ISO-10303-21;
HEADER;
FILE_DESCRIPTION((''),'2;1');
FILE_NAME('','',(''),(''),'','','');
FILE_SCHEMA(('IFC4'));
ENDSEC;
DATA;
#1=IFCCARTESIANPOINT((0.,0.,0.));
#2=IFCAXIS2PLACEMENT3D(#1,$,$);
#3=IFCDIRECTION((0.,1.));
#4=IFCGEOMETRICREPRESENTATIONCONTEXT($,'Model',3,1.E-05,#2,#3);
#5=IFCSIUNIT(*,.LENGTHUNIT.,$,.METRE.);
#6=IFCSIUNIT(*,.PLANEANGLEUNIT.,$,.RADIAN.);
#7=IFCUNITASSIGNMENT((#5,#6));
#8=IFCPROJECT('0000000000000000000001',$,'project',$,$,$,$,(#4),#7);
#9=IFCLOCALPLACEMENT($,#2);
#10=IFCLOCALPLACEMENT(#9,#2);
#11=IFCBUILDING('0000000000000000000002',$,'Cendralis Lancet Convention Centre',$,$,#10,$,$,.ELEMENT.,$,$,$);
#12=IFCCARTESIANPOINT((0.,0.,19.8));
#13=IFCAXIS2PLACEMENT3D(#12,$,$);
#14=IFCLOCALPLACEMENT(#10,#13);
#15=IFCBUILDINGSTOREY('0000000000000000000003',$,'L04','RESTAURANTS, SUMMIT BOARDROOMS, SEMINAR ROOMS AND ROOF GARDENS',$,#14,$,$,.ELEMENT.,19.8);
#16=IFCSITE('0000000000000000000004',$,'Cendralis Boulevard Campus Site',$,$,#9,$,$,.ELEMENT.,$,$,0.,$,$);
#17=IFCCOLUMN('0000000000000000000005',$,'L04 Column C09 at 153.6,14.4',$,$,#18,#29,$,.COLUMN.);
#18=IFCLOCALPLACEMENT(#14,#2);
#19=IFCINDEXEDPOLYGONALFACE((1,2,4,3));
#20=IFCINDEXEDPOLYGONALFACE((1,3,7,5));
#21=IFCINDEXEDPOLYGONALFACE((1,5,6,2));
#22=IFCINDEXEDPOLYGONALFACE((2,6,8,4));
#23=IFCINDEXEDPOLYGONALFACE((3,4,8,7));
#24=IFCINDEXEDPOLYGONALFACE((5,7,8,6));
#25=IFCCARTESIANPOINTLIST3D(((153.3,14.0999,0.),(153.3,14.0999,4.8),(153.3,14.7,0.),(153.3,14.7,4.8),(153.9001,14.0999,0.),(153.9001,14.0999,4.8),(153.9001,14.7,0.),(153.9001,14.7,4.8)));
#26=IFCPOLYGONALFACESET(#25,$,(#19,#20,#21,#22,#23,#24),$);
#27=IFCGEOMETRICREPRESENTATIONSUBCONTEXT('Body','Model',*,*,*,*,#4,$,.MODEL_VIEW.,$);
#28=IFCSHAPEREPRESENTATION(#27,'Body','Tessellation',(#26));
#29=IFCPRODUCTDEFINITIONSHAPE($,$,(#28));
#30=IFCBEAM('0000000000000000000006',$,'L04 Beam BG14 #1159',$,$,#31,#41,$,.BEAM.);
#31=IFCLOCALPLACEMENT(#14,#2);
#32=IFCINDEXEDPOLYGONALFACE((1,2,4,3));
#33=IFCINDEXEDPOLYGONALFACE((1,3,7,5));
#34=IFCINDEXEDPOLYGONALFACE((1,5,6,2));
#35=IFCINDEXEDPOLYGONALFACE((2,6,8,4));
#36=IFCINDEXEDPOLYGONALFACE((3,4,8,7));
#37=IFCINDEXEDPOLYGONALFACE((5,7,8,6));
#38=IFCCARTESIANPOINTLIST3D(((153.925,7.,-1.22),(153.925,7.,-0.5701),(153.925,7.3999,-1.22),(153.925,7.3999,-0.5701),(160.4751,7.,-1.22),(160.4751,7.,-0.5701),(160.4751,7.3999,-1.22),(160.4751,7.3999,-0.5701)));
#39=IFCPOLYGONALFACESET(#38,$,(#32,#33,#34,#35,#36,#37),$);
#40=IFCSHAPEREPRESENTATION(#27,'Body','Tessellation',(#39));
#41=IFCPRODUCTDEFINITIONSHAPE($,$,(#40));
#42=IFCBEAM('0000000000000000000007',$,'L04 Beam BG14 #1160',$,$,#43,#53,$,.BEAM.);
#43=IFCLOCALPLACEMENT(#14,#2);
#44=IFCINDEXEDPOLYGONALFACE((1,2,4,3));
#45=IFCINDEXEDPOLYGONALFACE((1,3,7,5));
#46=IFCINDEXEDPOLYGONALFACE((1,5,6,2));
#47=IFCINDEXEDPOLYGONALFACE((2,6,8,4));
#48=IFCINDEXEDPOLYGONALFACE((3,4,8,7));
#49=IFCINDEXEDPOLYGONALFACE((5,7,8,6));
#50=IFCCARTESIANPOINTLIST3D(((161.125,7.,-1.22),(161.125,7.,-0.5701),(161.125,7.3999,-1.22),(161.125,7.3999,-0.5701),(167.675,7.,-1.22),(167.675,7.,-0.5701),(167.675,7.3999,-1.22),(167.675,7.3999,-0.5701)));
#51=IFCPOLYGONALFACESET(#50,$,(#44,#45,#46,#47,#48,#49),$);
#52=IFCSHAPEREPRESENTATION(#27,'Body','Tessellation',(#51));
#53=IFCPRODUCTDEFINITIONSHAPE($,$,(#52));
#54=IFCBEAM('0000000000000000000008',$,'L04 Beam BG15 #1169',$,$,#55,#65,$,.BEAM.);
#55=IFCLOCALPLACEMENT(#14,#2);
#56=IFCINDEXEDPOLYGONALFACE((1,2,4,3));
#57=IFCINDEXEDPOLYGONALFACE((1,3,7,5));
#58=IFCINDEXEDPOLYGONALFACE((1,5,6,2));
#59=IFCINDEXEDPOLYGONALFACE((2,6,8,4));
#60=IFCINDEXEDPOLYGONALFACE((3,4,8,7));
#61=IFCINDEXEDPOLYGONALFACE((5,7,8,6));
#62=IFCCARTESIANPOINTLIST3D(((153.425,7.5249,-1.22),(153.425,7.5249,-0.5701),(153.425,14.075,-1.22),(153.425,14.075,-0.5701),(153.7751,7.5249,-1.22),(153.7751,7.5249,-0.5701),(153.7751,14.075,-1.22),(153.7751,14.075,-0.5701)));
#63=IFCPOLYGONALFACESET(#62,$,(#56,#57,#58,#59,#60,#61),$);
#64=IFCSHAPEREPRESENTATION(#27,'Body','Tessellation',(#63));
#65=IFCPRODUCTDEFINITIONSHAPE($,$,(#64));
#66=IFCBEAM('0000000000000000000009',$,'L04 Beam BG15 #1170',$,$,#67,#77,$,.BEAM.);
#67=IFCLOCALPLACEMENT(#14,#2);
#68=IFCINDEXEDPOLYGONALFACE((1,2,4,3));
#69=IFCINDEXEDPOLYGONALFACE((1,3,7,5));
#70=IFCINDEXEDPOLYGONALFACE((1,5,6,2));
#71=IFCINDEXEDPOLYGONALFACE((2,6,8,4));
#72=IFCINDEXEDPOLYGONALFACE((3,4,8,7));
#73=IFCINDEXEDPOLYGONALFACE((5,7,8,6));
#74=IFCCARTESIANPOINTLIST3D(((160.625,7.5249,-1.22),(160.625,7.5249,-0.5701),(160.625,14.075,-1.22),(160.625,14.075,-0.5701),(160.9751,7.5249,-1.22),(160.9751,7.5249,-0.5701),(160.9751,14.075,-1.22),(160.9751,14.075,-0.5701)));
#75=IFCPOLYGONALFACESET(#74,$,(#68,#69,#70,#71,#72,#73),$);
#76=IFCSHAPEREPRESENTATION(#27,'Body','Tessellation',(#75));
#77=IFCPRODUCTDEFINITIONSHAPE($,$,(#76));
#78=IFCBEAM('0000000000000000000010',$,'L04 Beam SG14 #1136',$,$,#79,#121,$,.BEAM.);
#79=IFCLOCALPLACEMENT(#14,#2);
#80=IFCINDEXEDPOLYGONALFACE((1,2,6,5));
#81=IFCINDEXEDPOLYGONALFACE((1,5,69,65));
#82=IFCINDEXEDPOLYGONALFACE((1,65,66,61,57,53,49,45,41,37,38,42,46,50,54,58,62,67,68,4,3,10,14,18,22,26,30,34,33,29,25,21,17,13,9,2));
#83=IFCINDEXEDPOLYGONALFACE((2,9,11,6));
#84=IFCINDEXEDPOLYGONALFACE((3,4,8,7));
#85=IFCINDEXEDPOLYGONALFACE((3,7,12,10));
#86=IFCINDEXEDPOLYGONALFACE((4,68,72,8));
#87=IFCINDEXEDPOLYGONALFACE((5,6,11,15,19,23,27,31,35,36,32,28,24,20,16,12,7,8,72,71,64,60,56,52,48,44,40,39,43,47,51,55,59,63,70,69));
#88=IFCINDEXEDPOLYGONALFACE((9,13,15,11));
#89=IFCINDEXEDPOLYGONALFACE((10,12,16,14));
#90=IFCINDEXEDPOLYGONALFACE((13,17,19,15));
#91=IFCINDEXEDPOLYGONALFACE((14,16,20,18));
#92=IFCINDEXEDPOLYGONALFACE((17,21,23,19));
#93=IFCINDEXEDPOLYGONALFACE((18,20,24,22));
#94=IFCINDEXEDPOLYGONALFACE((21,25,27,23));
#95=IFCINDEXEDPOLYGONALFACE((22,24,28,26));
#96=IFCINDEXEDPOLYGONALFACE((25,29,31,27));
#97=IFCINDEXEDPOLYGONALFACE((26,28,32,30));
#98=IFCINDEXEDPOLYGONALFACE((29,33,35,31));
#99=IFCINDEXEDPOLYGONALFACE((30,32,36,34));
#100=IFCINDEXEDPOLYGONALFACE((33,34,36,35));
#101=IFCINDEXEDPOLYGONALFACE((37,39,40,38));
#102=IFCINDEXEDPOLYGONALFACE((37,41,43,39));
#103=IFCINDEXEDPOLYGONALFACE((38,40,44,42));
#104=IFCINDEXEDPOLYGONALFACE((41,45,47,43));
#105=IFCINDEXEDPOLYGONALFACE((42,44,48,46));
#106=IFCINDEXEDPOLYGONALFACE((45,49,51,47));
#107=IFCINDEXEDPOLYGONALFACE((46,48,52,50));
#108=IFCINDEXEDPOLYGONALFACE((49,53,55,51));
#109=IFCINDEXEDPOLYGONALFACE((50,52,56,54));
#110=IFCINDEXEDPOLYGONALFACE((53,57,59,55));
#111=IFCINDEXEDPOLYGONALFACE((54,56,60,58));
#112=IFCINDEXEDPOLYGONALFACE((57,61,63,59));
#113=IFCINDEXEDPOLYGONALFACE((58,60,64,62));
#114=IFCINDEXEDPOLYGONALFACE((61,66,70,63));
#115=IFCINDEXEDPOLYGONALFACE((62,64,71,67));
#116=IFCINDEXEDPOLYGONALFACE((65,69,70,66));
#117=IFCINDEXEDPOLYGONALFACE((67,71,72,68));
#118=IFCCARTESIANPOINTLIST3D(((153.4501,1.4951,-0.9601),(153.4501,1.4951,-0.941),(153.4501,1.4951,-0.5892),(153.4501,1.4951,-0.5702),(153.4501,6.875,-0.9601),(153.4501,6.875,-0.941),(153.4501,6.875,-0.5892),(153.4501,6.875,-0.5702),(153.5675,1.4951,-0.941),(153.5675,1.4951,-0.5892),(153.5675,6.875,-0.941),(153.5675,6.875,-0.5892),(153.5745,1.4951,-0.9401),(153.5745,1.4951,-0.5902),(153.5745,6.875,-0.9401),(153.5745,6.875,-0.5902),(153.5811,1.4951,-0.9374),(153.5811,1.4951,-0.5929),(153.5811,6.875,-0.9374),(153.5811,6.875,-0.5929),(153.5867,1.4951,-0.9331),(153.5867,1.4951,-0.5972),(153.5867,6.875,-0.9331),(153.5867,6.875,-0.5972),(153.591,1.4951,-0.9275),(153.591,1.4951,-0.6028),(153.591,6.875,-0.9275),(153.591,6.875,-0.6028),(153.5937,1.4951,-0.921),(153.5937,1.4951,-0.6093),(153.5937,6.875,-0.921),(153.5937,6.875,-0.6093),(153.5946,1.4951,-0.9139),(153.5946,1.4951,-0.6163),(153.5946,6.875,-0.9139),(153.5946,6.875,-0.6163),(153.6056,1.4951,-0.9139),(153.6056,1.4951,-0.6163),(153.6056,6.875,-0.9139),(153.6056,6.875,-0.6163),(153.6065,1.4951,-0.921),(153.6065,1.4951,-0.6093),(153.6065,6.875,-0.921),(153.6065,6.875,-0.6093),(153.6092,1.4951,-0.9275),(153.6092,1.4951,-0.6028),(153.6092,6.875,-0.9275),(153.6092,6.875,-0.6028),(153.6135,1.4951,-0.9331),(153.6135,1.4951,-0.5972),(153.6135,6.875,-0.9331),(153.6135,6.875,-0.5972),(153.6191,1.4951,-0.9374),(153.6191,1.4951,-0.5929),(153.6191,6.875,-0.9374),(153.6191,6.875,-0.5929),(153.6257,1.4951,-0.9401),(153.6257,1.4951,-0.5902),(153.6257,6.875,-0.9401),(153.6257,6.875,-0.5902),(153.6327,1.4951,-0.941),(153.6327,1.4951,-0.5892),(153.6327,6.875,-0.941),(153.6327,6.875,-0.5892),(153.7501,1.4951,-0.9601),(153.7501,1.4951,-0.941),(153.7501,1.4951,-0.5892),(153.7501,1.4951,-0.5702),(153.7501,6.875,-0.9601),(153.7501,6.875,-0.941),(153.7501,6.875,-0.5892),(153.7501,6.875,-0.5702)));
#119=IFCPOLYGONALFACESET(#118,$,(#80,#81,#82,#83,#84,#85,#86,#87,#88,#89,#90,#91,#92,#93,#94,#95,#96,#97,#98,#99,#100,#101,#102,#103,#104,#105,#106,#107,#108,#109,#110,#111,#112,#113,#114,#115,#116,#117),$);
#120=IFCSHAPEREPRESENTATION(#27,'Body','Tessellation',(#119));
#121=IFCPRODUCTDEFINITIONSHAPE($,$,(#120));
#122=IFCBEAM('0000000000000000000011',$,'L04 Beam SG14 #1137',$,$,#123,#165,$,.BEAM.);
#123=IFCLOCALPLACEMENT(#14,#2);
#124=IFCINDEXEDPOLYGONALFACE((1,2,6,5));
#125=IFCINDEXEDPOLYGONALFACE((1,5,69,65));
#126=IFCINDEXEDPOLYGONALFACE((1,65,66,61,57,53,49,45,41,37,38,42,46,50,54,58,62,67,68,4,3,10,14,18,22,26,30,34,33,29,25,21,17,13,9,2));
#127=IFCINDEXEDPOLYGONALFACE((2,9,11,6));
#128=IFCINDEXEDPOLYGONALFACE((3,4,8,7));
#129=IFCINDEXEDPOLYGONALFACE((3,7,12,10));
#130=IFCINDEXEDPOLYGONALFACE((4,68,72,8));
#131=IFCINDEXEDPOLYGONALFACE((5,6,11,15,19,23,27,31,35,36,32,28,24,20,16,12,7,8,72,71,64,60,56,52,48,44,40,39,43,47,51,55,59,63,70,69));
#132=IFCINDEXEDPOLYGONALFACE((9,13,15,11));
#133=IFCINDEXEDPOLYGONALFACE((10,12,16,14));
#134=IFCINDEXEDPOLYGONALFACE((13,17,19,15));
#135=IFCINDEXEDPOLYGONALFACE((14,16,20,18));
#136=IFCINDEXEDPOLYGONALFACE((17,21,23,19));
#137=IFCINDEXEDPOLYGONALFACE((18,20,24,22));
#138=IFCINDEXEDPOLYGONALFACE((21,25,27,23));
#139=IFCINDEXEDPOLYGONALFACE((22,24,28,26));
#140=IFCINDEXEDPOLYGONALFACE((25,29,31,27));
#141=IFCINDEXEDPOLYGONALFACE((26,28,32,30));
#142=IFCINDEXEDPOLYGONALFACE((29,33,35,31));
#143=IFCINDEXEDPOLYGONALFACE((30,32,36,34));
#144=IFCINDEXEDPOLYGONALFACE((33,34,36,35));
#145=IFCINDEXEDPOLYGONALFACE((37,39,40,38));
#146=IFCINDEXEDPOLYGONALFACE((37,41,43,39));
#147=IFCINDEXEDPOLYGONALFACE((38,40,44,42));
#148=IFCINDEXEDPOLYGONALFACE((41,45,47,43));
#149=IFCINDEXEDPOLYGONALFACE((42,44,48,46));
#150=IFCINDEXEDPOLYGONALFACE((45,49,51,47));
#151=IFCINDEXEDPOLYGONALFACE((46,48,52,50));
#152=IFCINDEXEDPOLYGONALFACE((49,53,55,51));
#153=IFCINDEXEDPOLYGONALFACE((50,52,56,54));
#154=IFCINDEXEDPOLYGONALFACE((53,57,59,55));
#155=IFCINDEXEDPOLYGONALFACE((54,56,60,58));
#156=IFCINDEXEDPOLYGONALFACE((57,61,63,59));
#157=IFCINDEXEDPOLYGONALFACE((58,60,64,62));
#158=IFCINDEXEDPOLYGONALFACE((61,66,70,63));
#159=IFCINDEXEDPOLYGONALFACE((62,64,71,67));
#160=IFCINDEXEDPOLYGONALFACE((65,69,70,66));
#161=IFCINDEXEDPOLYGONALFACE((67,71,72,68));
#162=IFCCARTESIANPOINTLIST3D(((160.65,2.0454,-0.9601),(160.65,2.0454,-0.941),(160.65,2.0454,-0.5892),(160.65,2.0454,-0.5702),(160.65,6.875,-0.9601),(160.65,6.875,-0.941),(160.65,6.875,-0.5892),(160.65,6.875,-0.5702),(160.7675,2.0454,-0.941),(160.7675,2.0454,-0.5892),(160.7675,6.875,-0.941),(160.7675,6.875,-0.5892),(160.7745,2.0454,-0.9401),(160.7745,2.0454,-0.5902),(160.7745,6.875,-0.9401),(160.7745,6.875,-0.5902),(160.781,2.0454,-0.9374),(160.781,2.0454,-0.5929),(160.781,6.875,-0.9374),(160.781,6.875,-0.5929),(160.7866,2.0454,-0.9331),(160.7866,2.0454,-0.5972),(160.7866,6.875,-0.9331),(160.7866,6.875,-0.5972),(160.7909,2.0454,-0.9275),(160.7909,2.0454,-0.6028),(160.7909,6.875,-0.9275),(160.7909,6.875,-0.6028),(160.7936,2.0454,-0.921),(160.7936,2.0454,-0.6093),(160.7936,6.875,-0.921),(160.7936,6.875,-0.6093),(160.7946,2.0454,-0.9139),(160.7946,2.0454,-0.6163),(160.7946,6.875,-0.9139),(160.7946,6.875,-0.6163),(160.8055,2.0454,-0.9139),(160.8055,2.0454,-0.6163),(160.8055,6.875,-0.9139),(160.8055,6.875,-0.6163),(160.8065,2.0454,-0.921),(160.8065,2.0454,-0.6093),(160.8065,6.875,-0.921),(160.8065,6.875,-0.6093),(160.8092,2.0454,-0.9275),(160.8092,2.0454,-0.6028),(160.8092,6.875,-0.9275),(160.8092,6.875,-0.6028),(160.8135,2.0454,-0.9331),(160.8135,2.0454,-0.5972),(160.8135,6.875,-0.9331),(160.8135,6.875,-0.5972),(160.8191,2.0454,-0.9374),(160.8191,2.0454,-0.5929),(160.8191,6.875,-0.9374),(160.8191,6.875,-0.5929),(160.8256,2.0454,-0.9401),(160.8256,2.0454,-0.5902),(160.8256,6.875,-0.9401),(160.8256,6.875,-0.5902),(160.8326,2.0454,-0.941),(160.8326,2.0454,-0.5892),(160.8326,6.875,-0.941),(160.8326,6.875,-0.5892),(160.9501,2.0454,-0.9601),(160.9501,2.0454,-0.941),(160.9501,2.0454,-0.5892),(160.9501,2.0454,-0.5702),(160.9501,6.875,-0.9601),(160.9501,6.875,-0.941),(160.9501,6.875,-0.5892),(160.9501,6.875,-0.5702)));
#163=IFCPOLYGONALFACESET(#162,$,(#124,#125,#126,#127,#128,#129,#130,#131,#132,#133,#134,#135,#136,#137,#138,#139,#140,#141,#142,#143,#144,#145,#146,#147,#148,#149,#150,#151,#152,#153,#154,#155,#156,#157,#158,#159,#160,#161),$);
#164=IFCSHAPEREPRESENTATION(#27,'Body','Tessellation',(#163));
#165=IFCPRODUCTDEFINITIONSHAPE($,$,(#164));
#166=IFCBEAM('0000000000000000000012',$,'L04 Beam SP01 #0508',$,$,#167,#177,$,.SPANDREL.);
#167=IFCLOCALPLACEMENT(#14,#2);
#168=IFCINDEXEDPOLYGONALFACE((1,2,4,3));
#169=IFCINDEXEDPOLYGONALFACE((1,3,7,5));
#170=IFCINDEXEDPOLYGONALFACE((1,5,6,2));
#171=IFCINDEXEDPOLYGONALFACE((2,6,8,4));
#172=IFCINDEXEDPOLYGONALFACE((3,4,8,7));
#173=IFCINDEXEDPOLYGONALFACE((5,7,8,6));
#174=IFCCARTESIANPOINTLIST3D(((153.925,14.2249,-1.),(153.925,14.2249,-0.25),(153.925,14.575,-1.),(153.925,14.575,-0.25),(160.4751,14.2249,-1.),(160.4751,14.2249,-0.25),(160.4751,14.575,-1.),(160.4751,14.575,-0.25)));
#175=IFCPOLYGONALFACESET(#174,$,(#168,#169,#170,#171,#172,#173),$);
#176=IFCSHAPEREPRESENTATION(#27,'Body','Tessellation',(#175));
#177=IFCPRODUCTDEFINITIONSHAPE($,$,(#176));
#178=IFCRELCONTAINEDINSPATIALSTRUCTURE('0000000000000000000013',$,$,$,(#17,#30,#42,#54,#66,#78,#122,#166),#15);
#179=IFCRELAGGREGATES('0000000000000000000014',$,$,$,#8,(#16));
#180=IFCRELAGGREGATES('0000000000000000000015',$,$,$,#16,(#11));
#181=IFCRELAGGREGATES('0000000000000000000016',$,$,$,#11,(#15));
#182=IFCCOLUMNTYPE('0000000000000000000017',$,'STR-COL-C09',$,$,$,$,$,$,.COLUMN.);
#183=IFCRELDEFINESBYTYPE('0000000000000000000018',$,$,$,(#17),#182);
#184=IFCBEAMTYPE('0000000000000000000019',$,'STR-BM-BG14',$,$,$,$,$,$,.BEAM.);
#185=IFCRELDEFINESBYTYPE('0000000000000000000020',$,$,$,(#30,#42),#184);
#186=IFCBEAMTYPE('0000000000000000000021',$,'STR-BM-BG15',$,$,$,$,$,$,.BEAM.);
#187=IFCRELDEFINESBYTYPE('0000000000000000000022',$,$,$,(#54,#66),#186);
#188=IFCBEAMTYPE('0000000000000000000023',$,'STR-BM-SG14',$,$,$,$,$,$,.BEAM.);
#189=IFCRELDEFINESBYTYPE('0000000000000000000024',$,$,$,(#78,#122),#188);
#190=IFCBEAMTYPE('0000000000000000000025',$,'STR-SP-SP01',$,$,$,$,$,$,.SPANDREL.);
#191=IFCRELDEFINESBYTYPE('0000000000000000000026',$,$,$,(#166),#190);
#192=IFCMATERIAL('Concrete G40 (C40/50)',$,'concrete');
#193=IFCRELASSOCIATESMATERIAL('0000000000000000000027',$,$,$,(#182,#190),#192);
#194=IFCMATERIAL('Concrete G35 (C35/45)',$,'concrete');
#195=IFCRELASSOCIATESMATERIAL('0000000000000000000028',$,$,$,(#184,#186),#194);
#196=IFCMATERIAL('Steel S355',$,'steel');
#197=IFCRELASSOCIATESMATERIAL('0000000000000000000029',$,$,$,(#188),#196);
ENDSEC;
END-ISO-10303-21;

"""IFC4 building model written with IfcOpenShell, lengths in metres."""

from ifc_helpers import new_model, si_unit, direction, frame, origin, origin_2d, place, context, subcontext, project, spatial, rectangle, i_section, extrude, material, material_profile, profile_set, type_object, element, save


model = new_model("IFC4")

# Units and contexts
model_context = context("Model", 3, precision=1e-05, world=origin(), true_north=direction((0.0, 1.0)))
body_context = subcontext(model_context, "Body", "Model", "MODEL_VIEW")
ifc_project = project(units=[si_unit("LENGTHUNIT", "METRE"), si_unit("PLANEANGLEUNIT", "RADIAN")], contexts=[model_context])

# Site, building, storey
site_placement = place(None, origin())
site = spatial("IfcSite", under=ifc_project, at=site_placement, Name="Cendralis Boulevard Campus Site", CompositionType="ELEMENT", RefElevation=0.0)
building_placement = place(site_placement, origin())
building = spatial("IfcBuilding", under=site, at=building_placement, Name="Cendralis Lancet Convention Centre", CompositionType="ELEMENT")
storey_placement = place(building_placement, frame((0.0, 0.0, 19.8)))
storey = spatial("IfcBuildingStorey", under=building, at=storey_placement, Name="L04", Description="RESTAURANTS, SUMMIT BOARDROOMS, SEMINAR ROOMS AND ROOF GARDENS", CompositionType="ELEMENT", Elevation=19.8)

# Column
ifc_material_1 = material(Name="Concrete G40 (C40/50)", Category="concrete")
ifc_material_profile_1 = material_profile(ifc_material_1, rectangle(XDim=0.6001, YDim=0.6001, at=origin_2d()), Name="RC 600x600")
ifc_profile_set_1 = profile_set([ifc_material_profile_1], Name="Concrete G40 (C40/50)")
column_type = type_object("IfcColumnType", Name="STR-COL-C09", PredefinedType="COLUMN", material=ifc_profile_set_1)
column_placement = place(storey_placement, frame((153.6001, 14.3999, 0.0), z_axis=(0.0, 0.0, 1.0), x_axis=(1.0, 0.0, 0.0)))
element("IfcColumn", 1, at=column_placement, inside=storey, type_object=column_type, Name="L04 Column C09 at 153.6,14.4", PredefinedType="COLUMN", context=body_context, shape_type="SweptSolid", body=[
    extrude(rectangle(XDim=0.6001, YDim=0.6001, at=origin_2d()), origin(), (0.0, 0.0, 1.0), 4.8),
])

# Beams
ifc_material_2 = material(Name="Concrete G35 (C35/45)", Category="concrete")
ifc_material_profile_2 = material_profile(ifc_material_2, rectangle(XDim=0.3999, YDim=0.6499, at=origin_2d()), Name="RCB 400x650")
ifc_profile_set_2 = profile_set([ifc_material_profile_2], Name="Concrete G35 (C35/45)")
beam_type_1 = type_object("IfcBeamType", Name="STR-BM-BG14", PredefinedType="BEAM", material=ifc_profile_set_2)
for number, where, z_axis, x_axis, name in (
    (2, (153.925, 7.2, -0.895), (1.0, 0.0, 0.0), (0.0, 1.0, 0.0), "L04 Beam BG14 #1159"),
    (3, (161.125, 7.2, -0.895), (1.0, 0.0, 0.0), (0.0, 1.0, 0.0), "L04 Beam BG14 #1160"),
):
    element("IfcBeam", number, at=place(storey_placement, frame(where, z_axis=z_axis, x_axis=x_axis)), inside=storey, type_object=beam_type_1, Name=name, PredefinedType="BEAM", context=body_context, shape_type="SweptSolid", body=[
        extrude(rectangle(XDim=0.3999, YDim=0.6499, at=origin_2d()), origin(), (0.0, 0.0, 1.0), 6.55),
    ])
ifc_material_profile_3 = material_profile(ifc_material_2, rectangle(XDim=0.3501, YDim=0.6499, at=origin_2d()), Name="RCB 350x650")
ifc_profile_set_3 = profile_set([ifc_material_profile_3], Name="Concrete G35 (C35/45)")
beam_type_2 = type_object("IfcBeamType", Name="STR-BM-BG15", PredefinedType="BEAM", material=ifc_profile_set_3)
for number, where, z_axis, x_axis, name in (
    (4, (153.6001, 7.5249, -0.895), (0.0, 1.0, 0.0), (-1.0, 0.0, 0.0), "L04 Beam BG15 #1169"),
    (5, (160.8, 7.5249, -0.895), (0.0, 1.0, 0.0), (-1.0, 0.0, 0.0), "L04 Beam BG15 #1170"),
):
    element("IfcBeam", number, at=place(storey_placement, frame(where, z_axis=z_axis, x_axis=x_axis)), inside=storey, type_object=beam_type_2, Name=name, PredefinedType="BEAM", context=body_context, shape_type="SweptSolid", body=[
        extrude(rectangle(XDim=0.3501, YDim=0.6499, at=origin_2d()), origin(), (0.0, 0.0, 1.0), 6.55),
    ])
ifc_material_3 = material(Name="Steel S355", Category="steel")
ifc_material_profile_4 = material_profile(ifc_material_3, i_section(OverallWidth=0.3, OverallDepth=0.3899, WebThickness=0.011, FlangeThickness=0.019, FilletRadius=0.0271, at=origin_2d()), Name="HEA 400")
ifc_profile_set_4 = profile_set([ifc_material_profile_4], Name="Steel S355")
beam_type_3 = type_object("IfcBeamType", Name="STR-BM-SG14", PredefinedType="BEAM", material=ifc_profile_set_4)
beam_1_placement = place(storey_placement, frame((153.6001, 1.4951, -0.7651), z_axis=(0.0, 1.0, 0.0), x_axis=(-1.0, 0.0, 0.0)))
element("IfcBeam", 6, at=beam_1_placement, inside=storey, type_object=beam_type_3, Name="L04 Beam SG14 #1136", PredefinedType="BEAM", context=body_context, shape_type="SweptSolid", body=[
    extrude(i_section(OverallWidth=0.3, OverallDepth=0.3899, WebThickness=0.011, FlangeThickness=0.019, FilletRadius=0.0271, at=origin_2d()), origin(), (0.0, 0.0, 1.0), 5.3799),
])
beam_2_placement = place(storey_placement, frame((160.8, 2.0454, -0.7651), z_axis=(0.0, 1.0, 0.0), x_axis=(-1.0, 0.0, 0.0)))
element("IfcBeam", 7, at=beam_2_placement, inside=storey, type_object=beam_type_3, Name="L04 Beam SG14 #1137", PredefinedType="BEAM", context=body_context, shape_type="SweptSolid", body=[
    extrude(i_section(OverallWidth=0.3, OverallDepth=0.3899, WebThickness=0.011, FlangeThickness=0.019, FilletRadius=0.0271, at=origin_2d()), origin(), (0.0, 0.0, 1.0), 4.8296),
])
ifc_material_profile_5 = material_profile(ifc_material_1, rectangle(XDim=0.3501, YDim=0.75, at=origin_2d()), Name="RCB 350x750")
ifc_profile_set_5 = profile_set([ifc_material_profile_5], Name="Concrete G40 (C40/50)")
beam_type_4 = type_object("IfcBeamType", Name="STR-SP-SP01", PredefinedType="SPANDREL", material=ifc_profile_set_5)
beam_3_placement = place(storey_placement, frame((153.925, 14.3999, -0.625), z_axis=(1.0, 0.0, 0.0), x_axis=(0.0, 1.0, 0.0)))
element("IfcBeam", 8, at=beam_3_placement, inside=storey, type_object=beam_type_4, Name="L04 Beam SP01 #0508", PredefinedType="SPANDREL", context=body_context, shape_type="SweptSolid", body=[
    extrude(rectangle(XDim=0.3501, YDim=0.75, at=origin_2d()), origin(), (0.0, 0.0, 1.0), 6.55),
])

save(model, "model.ifc")
